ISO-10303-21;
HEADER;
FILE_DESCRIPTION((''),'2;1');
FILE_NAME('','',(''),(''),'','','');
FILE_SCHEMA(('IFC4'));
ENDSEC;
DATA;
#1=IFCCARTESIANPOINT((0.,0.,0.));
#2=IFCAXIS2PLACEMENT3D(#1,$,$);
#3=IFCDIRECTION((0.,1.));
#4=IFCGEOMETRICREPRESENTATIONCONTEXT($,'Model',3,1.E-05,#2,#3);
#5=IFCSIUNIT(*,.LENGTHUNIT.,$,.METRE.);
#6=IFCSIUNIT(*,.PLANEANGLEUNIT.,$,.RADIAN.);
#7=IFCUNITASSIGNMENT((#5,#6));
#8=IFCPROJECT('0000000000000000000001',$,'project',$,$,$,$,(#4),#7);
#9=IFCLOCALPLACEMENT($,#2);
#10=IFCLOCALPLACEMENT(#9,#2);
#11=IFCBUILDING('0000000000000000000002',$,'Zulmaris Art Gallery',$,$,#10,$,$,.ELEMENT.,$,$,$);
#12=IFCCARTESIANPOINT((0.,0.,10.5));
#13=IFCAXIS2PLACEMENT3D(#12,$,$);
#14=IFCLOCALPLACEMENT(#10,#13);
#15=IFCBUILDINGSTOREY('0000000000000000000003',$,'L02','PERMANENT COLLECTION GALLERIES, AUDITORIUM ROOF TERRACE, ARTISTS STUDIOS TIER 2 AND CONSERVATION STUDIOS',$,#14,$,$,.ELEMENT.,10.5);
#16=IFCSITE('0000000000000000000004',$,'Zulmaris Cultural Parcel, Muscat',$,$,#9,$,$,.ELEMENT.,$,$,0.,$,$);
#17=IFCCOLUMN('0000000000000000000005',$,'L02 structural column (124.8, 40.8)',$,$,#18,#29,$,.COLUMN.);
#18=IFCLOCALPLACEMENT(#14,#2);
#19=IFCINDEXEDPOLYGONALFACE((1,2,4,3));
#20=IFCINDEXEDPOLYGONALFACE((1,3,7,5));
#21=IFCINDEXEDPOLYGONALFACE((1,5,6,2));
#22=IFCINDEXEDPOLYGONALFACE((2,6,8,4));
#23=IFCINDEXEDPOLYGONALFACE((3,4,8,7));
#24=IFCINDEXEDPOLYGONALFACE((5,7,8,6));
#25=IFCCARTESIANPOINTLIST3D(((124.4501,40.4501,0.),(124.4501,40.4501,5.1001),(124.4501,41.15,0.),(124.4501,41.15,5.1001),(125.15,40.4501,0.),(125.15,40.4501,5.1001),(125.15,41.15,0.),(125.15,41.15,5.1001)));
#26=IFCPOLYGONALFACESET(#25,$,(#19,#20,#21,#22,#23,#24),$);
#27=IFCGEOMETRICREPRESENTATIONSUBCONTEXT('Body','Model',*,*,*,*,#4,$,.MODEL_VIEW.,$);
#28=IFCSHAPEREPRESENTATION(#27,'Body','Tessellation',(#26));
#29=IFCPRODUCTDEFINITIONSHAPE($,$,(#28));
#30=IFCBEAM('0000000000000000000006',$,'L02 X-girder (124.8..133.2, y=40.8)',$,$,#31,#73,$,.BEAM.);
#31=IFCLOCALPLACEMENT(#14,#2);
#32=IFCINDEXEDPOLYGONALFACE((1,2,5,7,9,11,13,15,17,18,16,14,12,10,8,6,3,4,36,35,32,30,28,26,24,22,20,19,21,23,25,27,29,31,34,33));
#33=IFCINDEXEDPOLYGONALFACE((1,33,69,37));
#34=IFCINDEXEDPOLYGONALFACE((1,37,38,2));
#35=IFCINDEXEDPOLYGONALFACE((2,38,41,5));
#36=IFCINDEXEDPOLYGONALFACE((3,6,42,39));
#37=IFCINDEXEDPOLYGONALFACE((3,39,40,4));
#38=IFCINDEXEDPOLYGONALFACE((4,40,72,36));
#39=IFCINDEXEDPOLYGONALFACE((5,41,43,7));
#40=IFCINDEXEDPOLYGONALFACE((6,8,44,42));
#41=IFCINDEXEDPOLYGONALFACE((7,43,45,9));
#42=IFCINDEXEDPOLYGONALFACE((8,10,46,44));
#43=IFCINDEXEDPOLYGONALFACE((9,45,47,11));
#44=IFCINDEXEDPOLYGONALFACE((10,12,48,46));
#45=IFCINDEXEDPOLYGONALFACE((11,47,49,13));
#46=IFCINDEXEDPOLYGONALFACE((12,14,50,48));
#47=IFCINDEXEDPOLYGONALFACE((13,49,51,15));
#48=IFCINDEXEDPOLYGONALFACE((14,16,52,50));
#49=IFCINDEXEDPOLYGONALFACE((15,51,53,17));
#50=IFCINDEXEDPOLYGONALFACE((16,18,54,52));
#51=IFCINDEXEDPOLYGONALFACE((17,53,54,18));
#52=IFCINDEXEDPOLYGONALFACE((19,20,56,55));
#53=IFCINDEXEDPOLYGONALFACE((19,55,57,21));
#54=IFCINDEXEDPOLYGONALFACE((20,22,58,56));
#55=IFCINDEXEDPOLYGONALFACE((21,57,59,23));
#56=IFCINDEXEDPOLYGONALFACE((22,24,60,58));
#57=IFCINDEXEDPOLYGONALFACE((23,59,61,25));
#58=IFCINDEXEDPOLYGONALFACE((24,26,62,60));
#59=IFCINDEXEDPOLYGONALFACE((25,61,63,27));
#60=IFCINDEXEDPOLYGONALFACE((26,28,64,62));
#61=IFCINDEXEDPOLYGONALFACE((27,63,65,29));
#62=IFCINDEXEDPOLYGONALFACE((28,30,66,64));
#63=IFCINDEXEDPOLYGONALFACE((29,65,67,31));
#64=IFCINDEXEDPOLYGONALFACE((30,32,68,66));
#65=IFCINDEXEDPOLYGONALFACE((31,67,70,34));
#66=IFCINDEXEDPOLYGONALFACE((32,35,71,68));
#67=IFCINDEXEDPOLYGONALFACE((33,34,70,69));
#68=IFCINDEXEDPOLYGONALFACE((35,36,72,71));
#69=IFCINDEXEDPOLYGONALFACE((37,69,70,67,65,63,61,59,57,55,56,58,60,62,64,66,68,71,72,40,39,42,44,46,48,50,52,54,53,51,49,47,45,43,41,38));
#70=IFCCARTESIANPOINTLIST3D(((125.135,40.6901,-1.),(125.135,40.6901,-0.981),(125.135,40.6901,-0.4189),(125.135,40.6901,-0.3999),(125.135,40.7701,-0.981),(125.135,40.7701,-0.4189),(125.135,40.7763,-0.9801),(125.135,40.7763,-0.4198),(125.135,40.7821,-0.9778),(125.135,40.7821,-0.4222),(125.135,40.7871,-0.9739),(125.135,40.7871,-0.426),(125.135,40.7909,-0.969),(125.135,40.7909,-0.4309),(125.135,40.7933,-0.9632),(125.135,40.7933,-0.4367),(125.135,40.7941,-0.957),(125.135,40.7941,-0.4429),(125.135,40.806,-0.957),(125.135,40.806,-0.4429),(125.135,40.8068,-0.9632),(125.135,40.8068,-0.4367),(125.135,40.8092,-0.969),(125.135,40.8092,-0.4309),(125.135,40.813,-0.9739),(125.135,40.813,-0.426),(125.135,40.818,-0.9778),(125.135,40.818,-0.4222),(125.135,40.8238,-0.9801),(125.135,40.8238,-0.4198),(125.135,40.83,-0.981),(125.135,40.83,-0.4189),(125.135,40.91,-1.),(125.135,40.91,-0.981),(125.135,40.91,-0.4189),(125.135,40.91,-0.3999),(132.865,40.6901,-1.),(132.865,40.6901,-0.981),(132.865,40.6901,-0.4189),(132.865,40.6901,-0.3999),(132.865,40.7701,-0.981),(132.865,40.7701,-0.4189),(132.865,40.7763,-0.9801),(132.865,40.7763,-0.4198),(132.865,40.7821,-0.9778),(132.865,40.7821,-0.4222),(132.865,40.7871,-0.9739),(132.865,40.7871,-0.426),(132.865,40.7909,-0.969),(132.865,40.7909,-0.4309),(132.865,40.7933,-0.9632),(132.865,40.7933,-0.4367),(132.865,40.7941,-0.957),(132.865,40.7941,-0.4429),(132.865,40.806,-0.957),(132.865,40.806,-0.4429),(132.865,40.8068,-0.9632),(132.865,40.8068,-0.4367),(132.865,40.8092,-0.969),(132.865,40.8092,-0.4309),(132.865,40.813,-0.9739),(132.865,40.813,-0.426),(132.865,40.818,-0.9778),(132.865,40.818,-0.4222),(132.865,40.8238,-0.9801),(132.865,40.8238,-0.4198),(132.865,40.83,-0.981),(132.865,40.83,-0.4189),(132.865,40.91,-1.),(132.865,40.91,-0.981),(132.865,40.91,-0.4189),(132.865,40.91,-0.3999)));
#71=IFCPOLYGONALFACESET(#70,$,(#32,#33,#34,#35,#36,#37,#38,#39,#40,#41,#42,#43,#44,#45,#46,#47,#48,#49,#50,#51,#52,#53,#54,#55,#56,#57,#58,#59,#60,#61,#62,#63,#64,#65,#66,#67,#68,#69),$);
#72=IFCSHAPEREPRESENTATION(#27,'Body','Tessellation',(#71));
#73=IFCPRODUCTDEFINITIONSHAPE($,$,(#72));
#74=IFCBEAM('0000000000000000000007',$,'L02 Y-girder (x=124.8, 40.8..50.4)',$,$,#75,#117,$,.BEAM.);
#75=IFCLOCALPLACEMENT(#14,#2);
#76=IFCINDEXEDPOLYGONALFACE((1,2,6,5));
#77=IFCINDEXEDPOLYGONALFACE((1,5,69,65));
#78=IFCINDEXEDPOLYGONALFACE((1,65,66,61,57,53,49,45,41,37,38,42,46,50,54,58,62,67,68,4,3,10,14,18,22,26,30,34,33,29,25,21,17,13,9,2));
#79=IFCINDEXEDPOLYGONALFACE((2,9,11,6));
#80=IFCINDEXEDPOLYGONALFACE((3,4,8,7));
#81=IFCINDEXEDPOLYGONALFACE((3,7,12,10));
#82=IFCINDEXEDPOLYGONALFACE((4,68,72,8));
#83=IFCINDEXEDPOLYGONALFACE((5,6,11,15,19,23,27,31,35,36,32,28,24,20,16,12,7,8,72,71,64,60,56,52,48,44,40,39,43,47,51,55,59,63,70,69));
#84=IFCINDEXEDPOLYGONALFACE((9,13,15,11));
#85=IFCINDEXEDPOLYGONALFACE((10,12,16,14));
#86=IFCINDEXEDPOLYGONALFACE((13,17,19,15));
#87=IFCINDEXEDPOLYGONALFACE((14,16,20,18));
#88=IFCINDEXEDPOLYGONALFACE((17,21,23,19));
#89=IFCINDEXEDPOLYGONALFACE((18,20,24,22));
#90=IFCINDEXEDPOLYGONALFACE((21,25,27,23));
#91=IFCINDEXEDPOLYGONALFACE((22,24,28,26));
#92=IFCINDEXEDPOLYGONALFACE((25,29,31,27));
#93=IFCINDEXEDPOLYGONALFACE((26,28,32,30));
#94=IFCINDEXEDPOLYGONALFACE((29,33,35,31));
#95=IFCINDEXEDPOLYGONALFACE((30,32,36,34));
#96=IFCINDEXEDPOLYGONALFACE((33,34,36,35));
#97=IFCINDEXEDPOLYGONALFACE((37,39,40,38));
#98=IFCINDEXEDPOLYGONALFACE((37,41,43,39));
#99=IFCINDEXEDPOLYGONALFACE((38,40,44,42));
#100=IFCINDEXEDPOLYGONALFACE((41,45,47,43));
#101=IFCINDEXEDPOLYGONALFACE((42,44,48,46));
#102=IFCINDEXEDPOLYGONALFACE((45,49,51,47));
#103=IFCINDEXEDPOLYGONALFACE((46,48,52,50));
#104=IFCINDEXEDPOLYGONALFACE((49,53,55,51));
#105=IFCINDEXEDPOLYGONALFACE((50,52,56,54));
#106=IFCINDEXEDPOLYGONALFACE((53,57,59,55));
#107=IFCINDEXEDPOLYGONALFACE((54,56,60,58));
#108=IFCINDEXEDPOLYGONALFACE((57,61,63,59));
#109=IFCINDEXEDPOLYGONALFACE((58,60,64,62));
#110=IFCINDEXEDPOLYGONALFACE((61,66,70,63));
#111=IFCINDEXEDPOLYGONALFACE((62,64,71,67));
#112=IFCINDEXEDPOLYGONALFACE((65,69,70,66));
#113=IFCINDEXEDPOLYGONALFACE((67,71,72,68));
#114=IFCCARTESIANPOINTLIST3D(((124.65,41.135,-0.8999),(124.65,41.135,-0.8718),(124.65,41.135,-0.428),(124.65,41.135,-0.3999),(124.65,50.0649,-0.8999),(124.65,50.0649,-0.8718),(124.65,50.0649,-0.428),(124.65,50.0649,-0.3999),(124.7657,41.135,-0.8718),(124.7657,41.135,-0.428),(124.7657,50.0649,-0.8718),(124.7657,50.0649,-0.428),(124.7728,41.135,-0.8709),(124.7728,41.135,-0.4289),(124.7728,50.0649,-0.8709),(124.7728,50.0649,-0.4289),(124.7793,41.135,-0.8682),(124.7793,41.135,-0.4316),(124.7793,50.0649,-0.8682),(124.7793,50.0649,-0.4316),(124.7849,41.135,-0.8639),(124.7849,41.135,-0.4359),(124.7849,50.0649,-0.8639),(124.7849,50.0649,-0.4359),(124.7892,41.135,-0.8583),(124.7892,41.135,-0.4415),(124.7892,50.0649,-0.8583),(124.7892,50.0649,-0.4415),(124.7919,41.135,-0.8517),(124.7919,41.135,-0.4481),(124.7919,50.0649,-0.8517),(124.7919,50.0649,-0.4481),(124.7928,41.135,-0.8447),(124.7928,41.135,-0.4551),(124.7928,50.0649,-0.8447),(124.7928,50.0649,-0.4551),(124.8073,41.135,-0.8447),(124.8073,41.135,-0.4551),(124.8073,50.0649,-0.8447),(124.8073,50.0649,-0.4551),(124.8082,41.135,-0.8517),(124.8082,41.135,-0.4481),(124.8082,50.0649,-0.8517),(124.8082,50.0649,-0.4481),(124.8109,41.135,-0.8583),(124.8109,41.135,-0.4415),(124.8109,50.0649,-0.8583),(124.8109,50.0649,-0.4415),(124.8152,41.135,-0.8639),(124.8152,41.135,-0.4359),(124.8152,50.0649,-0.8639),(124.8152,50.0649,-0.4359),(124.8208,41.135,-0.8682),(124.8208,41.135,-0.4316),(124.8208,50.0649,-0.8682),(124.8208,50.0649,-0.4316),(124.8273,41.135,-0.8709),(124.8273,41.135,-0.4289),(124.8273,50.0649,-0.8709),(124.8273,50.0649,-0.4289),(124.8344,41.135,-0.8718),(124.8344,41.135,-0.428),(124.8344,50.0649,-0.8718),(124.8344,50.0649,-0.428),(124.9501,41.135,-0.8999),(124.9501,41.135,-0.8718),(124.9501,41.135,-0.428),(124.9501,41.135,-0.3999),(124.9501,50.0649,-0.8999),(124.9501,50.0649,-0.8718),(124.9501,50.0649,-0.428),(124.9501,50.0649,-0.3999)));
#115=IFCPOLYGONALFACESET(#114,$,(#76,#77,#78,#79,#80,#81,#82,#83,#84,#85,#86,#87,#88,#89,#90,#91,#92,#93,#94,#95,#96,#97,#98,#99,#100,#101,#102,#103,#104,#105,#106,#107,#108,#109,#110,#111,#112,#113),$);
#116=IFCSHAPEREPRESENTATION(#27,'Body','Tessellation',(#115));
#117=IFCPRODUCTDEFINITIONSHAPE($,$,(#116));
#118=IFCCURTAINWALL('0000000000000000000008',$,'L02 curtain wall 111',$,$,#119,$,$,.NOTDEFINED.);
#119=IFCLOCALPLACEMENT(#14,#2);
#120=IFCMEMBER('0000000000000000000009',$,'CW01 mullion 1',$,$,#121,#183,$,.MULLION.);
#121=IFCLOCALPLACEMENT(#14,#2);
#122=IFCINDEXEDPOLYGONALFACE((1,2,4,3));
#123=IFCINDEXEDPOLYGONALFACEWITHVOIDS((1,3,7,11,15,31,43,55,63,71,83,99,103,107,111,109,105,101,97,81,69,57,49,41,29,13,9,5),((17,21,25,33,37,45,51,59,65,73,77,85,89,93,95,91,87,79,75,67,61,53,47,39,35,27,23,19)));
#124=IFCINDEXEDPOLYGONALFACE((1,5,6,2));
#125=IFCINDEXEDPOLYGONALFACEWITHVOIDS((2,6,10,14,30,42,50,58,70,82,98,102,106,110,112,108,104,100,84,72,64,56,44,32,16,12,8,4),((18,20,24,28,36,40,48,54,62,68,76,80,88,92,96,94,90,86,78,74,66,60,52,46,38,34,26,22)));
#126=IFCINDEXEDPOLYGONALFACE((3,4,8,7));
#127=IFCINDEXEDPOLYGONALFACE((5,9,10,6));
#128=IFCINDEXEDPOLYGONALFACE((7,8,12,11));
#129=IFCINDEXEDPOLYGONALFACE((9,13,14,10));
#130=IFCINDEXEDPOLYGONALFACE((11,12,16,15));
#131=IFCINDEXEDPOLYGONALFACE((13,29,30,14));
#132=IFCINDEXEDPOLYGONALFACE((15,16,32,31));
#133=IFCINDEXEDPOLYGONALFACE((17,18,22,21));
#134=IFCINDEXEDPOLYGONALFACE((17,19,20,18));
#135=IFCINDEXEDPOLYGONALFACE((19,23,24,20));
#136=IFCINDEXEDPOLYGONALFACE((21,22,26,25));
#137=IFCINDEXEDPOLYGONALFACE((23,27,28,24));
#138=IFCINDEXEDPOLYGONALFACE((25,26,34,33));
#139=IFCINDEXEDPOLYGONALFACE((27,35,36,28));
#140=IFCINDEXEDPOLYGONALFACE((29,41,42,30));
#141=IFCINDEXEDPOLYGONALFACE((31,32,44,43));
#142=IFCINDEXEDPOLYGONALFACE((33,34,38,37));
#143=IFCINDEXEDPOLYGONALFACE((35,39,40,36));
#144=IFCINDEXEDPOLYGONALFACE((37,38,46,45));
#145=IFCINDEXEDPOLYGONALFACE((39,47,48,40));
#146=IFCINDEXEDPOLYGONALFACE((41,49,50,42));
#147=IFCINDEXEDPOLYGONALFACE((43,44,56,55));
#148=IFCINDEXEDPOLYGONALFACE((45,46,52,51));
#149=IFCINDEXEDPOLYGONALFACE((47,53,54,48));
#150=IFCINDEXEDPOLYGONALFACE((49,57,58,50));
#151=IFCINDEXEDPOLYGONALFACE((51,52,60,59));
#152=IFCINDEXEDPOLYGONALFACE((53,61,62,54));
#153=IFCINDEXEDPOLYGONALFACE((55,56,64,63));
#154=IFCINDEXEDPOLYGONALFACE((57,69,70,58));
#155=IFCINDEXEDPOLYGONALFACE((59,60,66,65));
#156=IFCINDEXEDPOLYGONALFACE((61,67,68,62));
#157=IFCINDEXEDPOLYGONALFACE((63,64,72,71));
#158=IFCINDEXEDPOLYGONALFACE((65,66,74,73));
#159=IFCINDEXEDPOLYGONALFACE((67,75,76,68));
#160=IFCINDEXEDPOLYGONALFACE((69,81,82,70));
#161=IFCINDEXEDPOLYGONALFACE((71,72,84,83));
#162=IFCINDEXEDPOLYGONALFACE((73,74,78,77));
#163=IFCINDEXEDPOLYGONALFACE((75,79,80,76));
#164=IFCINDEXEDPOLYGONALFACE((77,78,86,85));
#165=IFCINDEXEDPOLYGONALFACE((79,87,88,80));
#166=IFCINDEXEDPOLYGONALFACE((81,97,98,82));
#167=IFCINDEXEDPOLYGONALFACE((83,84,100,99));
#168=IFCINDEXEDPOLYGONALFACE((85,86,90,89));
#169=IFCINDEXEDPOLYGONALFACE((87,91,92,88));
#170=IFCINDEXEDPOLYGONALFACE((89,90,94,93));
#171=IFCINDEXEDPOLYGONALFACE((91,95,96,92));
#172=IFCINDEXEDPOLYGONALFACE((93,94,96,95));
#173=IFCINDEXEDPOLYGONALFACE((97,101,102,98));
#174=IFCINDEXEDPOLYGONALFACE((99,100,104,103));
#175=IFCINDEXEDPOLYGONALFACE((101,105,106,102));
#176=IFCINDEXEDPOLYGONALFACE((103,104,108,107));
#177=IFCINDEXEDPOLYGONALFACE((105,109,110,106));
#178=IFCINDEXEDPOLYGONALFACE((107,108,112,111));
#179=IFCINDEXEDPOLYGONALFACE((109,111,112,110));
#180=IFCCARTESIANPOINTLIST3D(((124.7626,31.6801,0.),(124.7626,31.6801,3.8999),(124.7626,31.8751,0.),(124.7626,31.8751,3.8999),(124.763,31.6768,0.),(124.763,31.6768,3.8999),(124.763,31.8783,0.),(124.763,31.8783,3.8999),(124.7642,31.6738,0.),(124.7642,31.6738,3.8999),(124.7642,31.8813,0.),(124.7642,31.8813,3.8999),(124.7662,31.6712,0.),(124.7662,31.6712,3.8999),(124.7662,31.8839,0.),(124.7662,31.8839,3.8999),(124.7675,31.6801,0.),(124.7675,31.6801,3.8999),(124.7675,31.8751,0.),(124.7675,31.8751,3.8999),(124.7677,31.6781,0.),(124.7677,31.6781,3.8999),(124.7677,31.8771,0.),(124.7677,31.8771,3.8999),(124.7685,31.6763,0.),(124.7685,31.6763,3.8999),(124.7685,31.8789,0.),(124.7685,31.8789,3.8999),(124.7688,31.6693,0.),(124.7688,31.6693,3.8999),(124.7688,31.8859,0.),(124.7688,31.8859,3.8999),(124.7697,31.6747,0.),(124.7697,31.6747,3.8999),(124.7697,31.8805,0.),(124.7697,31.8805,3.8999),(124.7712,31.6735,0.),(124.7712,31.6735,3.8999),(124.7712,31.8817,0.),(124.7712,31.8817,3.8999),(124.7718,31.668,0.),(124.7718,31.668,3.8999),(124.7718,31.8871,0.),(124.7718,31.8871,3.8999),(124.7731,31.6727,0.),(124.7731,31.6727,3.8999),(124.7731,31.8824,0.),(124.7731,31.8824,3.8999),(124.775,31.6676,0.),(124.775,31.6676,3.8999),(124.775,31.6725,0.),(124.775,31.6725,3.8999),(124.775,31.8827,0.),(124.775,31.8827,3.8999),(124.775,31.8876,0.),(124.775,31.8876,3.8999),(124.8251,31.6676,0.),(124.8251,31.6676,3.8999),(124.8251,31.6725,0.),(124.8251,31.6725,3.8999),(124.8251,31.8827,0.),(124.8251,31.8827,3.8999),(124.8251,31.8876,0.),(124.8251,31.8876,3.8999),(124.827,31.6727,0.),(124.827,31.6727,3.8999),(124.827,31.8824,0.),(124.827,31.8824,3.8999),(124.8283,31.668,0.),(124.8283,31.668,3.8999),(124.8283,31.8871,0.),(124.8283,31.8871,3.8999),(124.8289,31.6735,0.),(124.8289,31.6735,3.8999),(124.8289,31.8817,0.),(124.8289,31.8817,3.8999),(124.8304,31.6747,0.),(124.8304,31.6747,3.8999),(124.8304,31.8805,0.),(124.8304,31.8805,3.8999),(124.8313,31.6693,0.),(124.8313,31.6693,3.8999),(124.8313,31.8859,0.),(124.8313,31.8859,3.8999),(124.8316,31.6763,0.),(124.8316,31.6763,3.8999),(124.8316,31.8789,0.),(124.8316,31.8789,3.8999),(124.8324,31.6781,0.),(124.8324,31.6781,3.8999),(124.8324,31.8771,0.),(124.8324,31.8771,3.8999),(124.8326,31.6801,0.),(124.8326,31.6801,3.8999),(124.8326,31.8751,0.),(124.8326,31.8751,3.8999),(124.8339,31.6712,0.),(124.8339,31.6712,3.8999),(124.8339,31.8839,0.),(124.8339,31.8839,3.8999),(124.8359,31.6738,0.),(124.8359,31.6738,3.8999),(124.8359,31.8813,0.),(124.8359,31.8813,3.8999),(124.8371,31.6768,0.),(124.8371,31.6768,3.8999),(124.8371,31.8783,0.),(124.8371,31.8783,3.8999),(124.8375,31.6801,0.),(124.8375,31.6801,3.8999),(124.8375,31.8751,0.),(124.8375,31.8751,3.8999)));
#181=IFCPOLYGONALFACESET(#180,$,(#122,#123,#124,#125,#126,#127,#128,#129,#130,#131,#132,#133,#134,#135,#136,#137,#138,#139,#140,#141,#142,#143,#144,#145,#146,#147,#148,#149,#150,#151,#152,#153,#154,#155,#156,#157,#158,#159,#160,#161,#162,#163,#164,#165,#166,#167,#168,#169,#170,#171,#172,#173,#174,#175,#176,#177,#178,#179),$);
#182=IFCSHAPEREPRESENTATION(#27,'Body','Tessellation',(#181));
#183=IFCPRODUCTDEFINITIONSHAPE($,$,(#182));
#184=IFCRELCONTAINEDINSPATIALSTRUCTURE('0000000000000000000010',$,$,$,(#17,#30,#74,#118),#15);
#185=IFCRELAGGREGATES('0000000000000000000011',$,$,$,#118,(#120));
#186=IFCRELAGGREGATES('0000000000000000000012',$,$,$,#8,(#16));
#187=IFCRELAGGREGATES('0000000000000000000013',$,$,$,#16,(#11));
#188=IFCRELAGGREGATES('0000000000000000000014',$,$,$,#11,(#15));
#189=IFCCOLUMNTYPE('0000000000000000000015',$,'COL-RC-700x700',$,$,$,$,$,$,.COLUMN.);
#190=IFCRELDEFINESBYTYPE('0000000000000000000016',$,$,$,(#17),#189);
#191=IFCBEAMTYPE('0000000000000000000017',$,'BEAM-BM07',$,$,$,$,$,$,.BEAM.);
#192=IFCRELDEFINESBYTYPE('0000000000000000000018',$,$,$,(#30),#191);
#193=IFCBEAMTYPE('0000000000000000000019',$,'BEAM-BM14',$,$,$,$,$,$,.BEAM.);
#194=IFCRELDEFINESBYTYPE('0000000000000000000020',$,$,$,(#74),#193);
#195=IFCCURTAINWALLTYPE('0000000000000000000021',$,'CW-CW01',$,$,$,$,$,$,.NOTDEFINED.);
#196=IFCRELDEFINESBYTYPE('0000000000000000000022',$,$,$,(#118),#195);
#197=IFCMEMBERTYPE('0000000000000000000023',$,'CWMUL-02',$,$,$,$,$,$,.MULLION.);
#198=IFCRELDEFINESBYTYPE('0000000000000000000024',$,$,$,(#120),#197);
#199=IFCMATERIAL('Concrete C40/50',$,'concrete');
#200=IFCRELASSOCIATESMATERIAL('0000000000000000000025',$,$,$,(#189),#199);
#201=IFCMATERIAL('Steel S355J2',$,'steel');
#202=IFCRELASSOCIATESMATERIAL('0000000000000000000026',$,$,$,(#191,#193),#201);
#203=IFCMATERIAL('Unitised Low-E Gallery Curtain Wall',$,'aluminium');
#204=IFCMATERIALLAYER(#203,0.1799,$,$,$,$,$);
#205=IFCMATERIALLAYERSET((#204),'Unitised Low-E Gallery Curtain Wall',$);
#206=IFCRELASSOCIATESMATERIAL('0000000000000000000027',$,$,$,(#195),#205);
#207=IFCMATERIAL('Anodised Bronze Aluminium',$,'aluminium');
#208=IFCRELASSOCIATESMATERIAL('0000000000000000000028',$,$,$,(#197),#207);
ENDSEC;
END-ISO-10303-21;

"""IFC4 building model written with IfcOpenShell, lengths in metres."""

from ifc_helpers import new_model, si_unit, direction, frame, origin, origin_2d, place, context, subcontext, project, spatial, rectangle, hollow_rectangle, i_section, extrude, material, layer, layer_set, material_profile, profile_set, type_object, element, aggregate, save


model = new_model("IFC4")

# Units and contexts
model_context = context("Model", 3, precision=1e-05, world=origin(), true_north=direction((0.0, 1.0)))
body_context = subcontext(model_context, "Body", "Model", "MODEL_VIEW")
ifc_project = project(units=[si_unit("LENGTHUNIT", "METRE"), si_unit("PLANEANGLEUNIT", "RADIAN")], contexts=[model_context])

# Site, building, storey
site_placement = place(None, origin())
site = spatial("IfcSite", under=ifc_project, at=site_placement, Name="Zulmaris Cultural Parcel, Muscat", CompositionType="ELEMENT", RefElevation=0.0)
building_placement = place(site_placement, origin())
building = spatial("IfcBuilding", under=site, at=building_placement, Name="Zulmaris Art Gallery", CompositionType="ELEMENT")
storey_placement = place(building_placement, frame((0.0, 0.0, 10.5)))
storey = spatial("IfcBuildingStorey", under=building, at=storey_placement, Name="L02", Description="PERMANENT COLLECTION GALLERIES, AUDITORIUM ROOF TERRACE, ARTISTS STUDIOS TIER 2 AND CONSERVATION STUDIOS", CompositionType="ELEMENT", Elevation=10.5)

# Column
ifc_material_1 = material(Name="Concrete C40/50", Category="concrete")
ifc_material_profile_1 = material_profile(ifc_material_1, rectangle(XDim=0.7, YDim=0.7, at=origin_2d()), Name="RC 700x700")
ifc_profile_set_1 = profile_set([ifc_material_profile_1], Name="Concrete C40/50")
column_type = type_object("IfcColumnType", Name="COL-RC-700x700", PredefinedType="COLUMN", material=ifc_profile_set_1)
column_placement = place(storey_placement, frame((124.8, 40.8, 0.0), z_axis=(0.0, 0.0, 1.0), x_axis=(1.0, 0.0, 0.0)))
element("IfcColumn", 1, at=column_placement, inside=storey, type_object=column_type, Name="L02 structural column (124.8, 40.8)", PredefinedType="COLUMN", context=body_context, shape_type="SweptSolid", body=[
    extrude(rectangle(XDim=0.7, YDim=0.7, at=origin_2d()), origin(), (0.0, 0.0, 1.0), 5.1001),
])

# Beams
ifc_material_2 = material(Name="Steel S355J2", Category="steel")
ifc_material_profile_2 = material_profile(ifc_material_2, i_section(OverallWidth=0.22, OverallDepth=0.6001, WebThickness=0.012, FlangeThickness=0.019, FilletRadius=0.0239, at=origin_2d()), Name="IPE 600")
ifc_profile_set_2 = profile_set([ifc_material_profile_2], Name="Steel S355J2")
beam_type_1 = type_object("IfcBeamType", Name="BEAM-BM07", PredefinedType="BEAM", material=ifc_profile_set_2)
beam_1_placement = place(storey_placement, frame((125.135, 40.8, -0.7), z_axis=(1.0, 0.0, 0.0), x_axis=(0.0, 1.0, 0.0)))
element("IfcBeam", 2, at=beam_1_placement, inside=storey, type_object=beam_type_1, Name="L02 X-girder (124.8..133.2, y=40.8)", PredefinedType="BEAM", context=body_context, shape_type="SweptSolid", body=[
    extrude(i_section(OverallWidth=0.22, OverallDepth=0.6001, WebThickness=0.012, FlangeThickness=0.019, FilletRadius=0.0239, at=origin_2d()), origin(), (0.0, 0.0, 1.0), 7.73),
])
ifc_material_profile_3 = material_profile(ifc_material_2, i_section(OverallWidth=0.3, OverallDepth=0.5, WebThickness=0.0144, FlangeThickness=0.0281, FilletRadius=0.0271, at=origin_2d()), Name="HEB 500")
ifc_profile_set_3 = profile_set([ifc_material_profile_3], Name="Steel S355J2")
beam_type_2 = type_object("IfcBeamType", Name="BEAM-BM14", PredefinedType="BEAM", material=ifc_profile_set_3)
beam_2_placement = place(storey_placement, frame((124.8, 41.135, -0.6499), z_axis=(0.0, 1.0, 0.0), x_axis=(-1.0, 0.0, 0.0)))
element("IfcBeam", 3, at=beam_2_placement, inside=storey, type_object=beam_type_2, Name="L02 Y-girder (x=124.8, 40.8..50.4)", PredefinedType="BEAM", context=body_context, shape_type="SweptSolid", body=[
    extrude(i_section(OverallWidth=0.3, OverallDepth=0.5, WebThickness=0.0144, FlangeThickness=0.0281, FilletRadius=0.0271, at=origin_2d()), origin(), (0.0, 0.0, 1.0), 8.9299),
])

# Curtain wall, member
ifc_material_3 = material(Name="Unitised Low-E Gallery Curtain Wall", Category="aluminium")
ifc_layer_1 = layer(ifc_material_3, 0.1799)
ifc_layer_set_1 = layer_set([ifc_layer_1], Name="Unitised Low-E Gallery Curtain Wall")
curtain_wall_type = type_object("IfcCurtainWallType", Name="CW-CW01", PredefinedType="NOTDEFINED", material=ifc_layer_set_1)
curtain_wall_1_placement = place(storey_placement, origin())
curtain_wall_1 = element("IfcCurtainWall", 4, at=curtain_wall_1_placement, inside=storey, type_object=curtain_wall_type, Name="L02 curtain wall 111", PredefinedType="NOTDEFINED")
ifc_material_4 = material(Name="Anodised Bronze Aluminium", Category="aluminium")
ifc_material_profile_4 = material_profile(ifc_material_4, hollow_rectangle(XDim=0.075, YDim=0.22, WallThickness=0.0049, InnerFilletRadius=0.0076, OuterFilletRadius=0.0125, at=origin_2d()), Name="ALU 75x220x5")
ifc_profile_set_4 = profile_set([ifc_material_profile_4], Name="Anodised Bronze Aluminium")
member_type_1 = type_object("IfcMemberType", Name="CWMUL-02", PredefinedType="MULLION", material=ifc_profile_set_4)
member_1_placement = place(storey_placement, frame((124.8, 31.7776, 0.0), z_axis=(0.0, 0.0, 1.0), x_axis=(-1.0, 0.0, 0.0)))
member_1 = element("IfcMember", 5, at=member_1_placement, type_object=member_type_1, Name="CW01 mullion 1", PredefinedType="MULLION", context=body_context, shape_type="SweptSolid", body=[
    extrude(hollow_rectangle(XDim=0.075, YDim=0.22, WallThickness=0.0049, InnerFilletRadius=0.0076, OuterFilletRadius=0.0125, at=origin_2d()), origin(), (0.0, 0.0, 1.0), 3.8999),
])

aggregate(curtain_wall_1, [member_1])

save(model, "model.ifc")
